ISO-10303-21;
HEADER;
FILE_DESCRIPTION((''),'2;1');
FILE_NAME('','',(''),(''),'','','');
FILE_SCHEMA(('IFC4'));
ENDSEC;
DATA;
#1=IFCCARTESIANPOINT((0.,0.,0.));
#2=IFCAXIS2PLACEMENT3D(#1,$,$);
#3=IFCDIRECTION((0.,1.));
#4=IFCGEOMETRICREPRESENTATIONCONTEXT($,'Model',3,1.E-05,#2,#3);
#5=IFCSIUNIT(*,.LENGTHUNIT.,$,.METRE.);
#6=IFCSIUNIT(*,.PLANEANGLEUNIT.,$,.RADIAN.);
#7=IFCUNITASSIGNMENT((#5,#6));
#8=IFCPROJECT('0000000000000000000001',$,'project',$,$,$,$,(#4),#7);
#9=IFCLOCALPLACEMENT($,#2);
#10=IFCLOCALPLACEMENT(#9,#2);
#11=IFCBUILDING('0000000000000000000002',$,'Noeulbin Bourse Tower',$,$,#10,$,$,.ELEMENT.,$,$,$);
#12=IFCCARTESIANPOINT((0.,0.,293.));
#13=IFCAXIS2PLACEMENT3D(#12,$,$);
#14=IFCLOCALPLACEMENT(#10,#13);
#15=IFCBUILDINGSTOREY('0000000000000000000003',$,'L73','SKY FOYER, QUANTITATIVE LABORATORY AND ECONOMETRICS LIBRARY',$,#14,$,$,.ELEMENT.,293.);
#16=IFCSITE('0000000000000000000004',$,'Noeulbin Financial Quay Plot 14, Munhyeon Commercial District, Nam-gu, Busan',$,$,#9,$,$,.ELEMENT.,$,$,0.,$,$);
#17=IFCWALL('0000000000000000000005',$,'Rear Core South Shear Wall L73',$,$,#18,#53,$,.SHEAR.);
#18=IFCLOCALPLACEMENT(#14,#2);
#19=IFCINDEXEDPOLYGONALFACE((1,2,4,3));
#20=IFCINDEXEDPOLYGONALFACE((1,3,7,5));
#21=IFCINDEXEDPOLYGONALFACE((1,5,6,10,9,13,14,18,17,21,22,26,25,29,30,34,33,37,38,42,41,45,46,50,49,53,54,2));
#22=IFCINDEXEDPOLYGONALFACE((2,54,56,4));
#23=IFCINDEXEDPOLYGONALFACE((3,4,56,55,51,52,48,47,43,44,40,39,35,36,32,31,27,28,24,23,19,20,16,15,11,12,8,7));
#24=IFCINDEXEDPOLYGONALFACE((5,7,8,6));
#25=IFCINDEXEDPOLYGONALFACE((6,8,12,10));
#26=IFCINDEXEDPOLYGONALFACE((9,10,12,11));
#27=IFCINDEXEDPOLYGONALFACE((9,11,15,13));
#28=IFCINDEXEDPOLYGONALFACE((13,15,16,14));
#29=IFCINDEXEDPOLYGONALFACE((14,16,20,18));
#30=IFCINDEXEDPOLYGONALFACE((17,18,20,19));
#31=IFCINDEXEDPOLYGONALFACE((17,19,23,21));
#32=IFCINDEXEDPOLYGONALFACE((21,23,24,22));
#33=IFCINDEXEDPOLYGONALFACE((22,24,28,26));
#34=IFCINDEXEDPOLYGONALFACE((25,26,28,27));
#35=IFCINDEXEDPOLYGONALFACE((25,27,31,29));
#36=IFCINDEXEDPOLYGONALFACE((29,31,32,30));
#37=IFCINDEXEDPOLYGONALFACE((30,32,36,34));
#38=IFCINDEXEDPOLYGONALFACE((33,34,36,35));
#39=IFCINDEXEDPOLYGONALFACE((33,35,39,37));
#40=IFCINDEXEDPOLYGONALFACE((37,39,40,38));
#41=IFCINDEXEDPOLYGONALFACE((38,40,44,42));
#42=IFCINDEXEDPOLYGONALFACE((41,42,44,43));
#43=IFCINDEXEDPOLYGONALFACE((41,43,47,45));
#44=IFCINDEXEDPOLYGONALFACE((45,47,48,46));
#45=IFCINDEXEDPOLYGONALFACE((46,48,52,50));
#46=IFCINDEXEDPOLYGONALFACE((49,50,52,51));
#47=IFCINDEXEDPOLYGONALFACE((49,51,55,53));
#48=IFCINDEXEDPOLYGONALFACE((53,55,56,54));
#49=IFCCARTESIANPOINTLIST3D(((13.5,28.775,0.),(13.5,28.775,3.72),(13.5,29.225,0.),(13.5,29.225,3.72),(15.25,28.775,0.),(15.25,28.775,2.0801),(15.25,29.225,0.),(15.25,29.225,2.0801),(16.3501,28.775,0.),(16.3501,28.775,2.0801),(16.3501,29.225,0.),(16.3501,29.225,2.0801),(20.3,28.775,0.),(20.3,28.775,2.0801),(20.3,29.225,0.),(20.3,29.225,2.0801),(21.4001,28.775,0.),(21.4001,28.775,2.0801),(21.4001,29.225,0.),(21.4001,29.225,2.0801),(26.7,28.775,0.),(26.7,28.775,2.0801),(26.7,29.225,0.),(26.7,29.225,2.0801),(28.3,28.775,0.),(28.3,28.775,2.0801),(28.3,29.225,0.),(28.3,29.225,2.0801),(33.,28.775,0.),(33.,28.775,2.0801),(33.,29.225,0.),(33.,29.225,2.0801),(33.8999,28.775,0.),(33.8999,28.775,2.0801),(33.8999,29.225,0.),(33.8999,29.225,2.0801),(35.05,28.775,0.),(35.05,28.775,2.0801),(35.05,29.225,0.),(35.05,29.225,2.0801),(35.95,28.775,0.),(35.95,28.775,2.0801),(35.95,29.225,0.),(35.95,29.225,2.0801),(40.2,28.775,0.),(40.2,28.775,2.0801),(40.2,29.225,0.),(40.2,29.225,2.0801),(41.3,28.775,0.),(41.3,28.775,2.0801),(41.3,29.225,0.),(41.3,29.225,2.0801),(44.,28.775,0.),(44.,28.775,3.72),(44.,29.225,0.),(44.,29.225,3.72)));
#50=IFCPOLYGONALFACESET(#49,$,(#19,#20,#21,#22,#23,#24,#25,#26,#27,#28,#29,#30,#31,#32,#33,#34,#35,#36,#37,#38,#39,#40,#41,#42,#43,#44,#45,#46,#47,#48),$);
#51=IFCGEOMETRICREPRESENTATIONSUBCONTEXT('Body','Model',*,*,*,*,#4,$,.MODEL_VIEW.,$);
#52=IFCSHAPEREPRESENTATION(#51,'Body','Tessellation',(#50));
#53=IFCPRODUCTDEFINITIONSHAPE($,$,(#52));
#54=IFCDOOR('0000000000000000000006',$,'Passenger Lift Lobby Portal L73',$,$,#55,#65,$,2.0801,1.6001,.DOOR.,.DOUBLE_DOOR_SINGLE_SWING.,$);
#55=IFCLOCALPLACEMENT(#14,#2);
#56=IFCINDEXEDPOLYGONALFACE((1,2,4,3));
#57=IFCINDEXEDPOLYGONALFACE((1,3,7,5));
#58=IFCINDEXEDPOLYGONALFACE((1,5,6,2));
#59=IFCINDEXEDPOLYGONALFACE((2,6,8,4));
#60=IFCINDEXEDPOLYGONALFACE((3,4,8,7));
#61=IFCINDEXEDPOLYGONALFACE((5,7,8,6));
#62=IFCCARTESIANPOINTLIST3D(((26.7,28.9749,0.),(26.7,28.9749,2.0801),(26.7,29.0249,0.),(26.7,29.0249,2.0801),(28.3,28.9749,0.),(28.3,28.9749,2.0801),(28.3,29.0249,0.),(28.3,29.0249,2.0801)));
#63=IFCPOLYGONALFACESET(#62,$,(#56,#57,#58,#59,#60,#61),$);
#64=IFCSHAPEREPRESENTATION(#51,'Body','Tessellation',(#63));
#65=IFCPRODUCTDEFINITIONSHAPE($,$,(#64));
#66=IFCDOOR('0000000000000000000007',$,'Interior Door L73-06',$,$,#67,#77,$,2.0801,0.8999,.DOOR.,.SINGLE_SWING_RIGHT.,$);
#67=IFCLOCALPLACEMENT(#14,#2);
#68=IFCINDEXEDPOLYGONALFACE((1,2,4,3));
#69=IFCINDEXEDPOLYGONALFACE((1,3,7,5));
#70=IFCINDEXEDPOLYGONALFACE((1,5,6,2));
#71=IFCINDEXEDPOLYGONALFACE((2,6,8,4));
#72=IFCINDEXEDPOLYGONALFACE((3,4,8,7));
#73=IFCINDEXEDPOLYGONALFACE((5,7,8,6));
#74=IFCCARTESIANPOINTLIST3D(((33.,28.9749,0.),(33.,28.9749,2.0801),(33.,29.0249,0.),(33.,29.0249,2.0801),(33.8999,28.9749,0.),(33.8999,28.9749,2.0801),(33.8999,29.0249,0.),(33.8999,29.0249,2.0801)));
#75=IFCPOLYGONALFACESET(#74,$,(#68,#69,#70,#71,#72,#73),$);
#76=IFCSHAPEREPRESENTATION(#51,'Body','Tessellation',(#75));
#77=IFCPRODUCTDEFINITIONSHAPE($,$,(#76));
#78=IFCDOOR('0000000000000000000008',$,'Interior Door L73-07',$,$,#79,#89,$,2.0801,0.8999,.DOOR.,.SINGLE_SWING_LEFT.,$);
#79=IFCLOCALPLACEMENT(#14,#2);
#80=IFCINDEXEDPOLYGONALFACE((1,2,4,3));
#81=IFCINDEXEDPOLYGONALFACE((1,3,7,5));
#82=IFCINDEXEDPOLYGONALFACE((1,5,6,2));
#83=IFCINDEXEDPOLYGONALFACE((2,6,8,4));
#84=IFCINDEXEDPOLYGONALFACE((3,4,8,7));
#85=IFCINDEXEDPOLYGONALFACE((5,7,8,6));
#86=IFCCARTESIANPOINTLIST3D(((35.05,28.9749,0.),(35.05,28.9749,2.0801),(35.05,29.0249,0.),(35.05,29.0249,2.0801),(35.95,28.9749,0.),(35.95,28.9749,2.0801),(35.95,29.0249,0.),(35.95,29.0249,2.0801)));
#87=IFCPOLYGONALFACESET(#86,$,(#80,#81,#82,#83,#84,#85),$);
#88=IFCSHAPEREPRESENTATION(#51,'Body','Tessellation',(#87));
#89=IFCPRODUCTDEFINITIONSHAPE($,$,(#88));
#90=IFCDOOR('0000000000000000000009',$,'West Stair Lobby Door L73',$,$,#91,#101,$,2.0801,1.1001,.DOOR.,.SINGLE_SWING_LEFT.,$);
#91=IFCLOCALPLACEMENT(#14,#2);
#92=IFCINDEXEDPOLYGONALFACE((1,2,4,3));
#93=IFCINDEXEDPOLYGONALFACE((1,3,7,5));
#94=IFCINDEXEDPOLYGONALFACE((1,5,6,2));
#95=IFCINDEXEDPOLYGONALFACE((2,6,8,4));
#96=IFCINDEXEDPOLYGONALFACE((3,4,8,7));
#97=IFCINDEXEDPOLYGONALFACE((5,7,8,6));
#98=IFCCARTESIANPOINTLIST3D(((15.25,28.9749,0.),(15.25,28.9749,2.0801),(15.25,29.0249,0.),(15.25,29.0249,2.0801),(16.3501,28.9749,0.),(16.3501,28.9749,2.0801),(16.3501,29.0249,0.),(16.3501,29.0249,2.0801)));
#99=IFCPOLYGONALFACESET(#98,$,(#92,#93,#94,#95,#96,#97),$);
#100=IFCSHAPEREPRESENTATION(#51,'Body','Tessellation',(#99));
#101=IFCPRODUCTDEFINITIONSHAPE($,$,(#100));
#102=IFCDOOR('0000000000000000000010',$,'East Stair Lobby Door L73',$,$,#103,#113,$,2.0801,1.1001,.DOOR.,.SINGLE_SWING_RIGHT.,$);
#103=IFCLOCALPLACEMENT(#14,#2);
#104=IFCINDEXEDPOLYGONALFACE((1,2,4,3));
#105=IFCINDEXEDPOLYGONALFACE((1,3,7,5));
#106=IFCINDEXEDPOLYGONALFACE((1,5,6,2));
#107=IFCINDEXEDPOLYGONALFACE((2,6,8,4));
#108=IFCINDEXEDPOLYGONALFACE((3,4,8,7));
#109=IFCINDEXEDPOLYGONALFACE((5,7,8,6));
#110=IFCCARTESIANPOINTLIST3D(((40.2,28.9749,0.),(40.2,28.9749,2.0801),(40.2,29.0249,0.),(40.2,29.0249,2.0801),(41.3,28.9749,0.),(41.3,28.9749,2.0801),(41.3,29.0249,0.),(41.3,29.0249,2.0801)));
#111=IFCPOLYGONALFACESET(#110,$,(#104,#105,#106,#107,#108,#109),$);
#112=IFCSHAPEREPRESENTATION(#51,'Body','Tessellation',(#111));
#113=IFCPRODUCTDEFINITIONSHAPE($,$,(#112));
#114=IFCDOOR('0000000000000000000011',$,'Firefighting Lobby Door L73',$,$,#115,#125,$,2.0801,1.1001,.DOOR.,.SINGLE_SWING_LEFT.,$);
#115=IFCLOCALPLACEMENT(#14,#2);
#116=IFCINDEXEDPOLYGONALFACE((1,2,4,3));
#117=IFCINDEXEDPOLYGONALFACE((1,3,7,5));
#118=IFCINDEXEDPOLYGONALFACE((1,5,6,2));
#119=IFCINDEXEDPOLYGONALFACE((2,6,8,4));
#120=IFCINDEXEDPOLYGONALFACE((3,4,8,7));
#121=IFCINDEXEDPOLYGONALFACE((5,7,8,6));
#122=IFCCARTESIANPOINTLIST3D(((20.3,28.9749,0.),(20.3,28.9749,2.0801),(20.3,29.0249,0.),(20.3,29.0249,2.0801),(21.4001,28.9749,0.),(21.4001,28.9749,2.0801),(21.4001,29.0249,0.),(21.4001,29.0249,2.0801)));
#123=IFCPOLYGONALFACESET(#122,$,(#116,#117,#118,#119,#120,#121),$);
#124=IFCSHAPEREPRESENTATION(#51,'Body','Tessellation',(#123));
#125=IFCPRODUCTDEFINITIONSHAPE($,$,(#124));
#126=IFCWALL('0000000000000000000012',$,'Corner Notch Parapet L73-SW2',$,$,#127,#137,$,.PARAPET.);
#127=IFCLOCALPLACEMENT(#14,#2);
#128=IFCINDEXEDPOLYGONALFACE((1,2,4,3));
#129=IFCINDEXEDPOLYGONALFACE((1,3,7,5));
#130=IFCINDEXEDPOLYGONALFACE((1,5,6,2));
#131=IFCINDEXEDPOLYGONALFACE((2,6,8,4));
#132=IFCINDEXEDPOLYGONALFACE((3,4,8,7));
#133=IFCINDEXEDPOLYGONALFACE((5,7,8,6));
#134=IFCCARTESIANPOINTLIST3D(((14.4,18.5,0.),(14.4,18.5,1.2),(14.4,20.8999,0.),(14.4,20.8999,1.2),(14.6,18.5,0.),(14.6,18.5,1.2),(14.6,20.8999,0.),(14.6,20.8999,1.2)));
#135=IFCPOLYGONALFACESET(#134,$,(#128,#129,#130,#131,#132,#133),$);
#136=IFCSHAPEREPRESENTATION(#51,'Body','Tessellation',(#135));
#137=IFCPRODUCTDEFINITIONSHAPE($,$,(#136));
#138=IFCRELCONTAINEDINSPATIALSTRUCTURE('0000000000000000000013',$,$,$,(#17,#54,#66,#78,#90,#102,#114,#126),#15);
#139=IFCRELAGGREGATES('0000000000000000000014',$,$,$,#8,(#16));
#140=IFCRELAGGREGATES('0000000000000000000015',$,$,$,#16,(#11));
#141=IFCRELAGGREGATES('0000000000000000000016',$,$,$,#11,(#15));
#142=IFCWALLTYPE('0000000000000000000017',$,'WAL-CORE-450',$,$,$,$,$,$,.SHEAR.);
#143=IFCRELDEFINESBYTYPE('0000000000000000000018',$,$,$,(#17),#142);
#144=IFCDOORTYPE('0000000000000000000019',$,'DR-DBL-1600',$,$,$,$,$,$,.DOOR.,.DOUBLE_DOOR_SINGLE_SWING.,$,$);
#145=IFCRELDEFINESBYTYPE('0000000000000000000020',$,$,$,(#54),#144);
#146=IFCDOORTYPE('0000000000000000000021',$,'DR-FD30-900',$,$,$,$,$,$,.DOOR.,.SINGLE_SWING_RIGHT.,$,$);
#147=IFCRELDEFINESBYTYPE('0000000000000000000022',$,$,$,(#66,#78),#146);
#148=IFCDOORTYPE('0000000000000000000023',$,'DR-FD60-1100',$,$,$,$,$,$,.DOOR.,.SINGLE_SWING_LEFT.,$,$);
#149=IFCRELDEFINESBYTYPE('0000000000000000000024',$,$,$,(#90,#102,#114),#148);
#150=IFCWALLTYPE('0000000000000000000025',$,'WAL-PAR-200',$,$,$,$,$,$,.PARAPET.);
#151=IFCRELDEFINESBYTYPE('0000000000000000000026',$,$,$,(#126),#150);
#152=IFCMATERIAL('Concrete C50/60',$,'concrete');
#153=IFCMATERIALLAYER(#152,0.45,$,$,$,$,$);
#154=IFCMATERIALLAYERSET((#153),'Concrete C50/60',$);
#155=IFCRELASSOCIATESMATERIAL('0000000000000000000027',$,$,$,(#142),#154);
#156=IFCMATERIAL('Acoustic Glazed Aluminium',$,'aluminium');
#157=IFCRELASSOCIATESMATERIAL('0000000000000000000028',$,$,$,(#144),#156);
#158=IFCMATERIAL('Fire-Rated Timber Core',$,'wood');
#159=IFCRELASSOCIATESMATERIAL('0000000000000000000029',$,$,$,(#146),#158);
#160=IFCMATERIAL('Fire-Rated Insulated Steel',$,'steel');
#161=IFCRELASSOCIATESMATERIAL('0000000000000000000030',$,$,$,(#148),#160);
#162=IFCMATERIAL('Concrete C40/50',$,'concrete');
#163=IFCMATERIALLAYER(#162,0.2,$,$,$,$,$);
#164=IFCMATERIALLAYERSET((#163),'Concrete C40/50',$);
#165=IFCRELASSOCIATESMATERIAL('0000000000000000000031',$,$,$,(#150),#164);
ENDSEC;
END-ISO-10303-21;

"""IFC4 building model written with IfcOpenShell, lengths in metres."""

from ifc_helpers import new_model, si_unit, direction, frame, frame_2d, origin, place, context, subcontext, project, spatial, rectangle, extrude, material, layer, layer_set, type_object, element, fill, save


model = new_model("IFC4")

# Units and contexts
model_context = context("Model", 3, precision=1e-05, world=origin(), true_north=direction((0.0, 1.0)))
body_context = subcontext(model_context, "Body", "Model", "MODEL_VIEW")
ifc_project = project(units=[si_unit("LENGTHUNIT", "METRE"), si_unit("PLANEANGLEUNIT", "RADIAN")], contexts=[model_context])

# Site, building, storey
site_placement = place(None, origin())
site = spatial("IfcSite", under=ifc_project, at=site_placement, Name="Noeulbin Financial Quay Plot 14, Munhyeon Commercial District, Nam-gu, Busan", CompositionType="ELEMENT", RefElevation=0.0)
building_placement = place(site_placement, origin())
building = spatial("IfcBuilding", under=site, at=building_placement, Name="Noeulbin Bourse Tower", CompositionType="ELEMENT")
storey_placement = place(building_placement, frame((0.0, 0.0, 293.0)))
storey = spatial("IfcBuildingStorey", under=building, at=storey_placement, Name="L73", Description="SKY FOYER, QUANTITATIVE LABORATORY AND ECONOMETRICS LIBRARY", CompositionType="ELEMENT", Elevation=293.0)

# Wall, openings, doors
ifc_material_1 = material(Name="Concrete C50/60", Category="concrete")
ifc_layer_1 = layer(ifc_material_1, 0.45)
ifc_layer_set_1 = layer_set([ifc_layer_1], Name="Concrete C50/60")
wall_type_1 = type_object("IfcWallType", Name="WAL-CORE-450", PredefinedType="SHEAR", material=ifc_layer_set_1)
wall_1_placement = place(storey_placement, frame((13.5, 29.0, 0.0), z_axis=(0.0, 0.0, 1.0), x_axis=(1.0, 0.0, 0.0)))
wall_1 = element("IfcWall", 1, at=wall_1_placement, inside=storey, type_object=wall_type_1, Name="Rear Core South Shear Wall L73", PredefinedType="SHEAR", context=body_context, shape_type="SweptSolid", body=[
    extrude(rectangle(XDim=30.5, YDim=0.45, at=frame_2d((15.25, 0.0))), origin(), (0.0, 0.0, 1.0), 3.72),
])
opening_1_placement = place(wall_1_placement, frame((1.75, 0.0, 0.0)))
opening_1 = element("IfcOpeningElement", 2, at=opening_1_placement, cuts=wall_1, PredefinedType="OPENING", context=body_context, shape_type="SweptSolid", body=[
    extrude(rectangle(XDim=1.1001, YDim=2.0801, at=frame_2d((0.55, 1.04))), frame((0.0, 0.2349, 0.0), z_axis=(0.0, -1.0, 0.0), x_axis=(1.0, 0.0, 0.0)), (0.0, 0.0, 1.0), 0.47),
])
opening_2_placement = place(wall_1_placement, frame((26.7, 0.0, 0.0)))
opening_2 = element("IfcOpeningElement", 3, at=opening_2_placement, cuts=wall_1, PredefinedType="OPENING", context=body_context, shape_type="SweptSolid", body=[
    extrude(rectangle(XDim=1.1001, YDim=2.0801, at=frame_2d((0.55, 1.04))), frame((0.0, 0.2349, 0.0), z_axis=(0.0, -1.0, 0.0), x_axis=(1.0, 0.0, 0.0)), (0.0, 0.0, 1.0), 0.47),
])
opening_3_placement = place(wall_1_placement, frame((6.8, 0.0, 0.0)))
opening_3 = element("IfcOpeningElement", 4, at=opening_3_placement, cuts=wall_1, PredefinedType="OPENING", context=body_context, shape_type="SweptSolid", body=[
    extrude(rectangle(XDim=1.1001, YDim=2.0801, at=frame_2d((0.55, 1.04))), frame((0.0, 0.2349, 0.0), z_axis=(0.0, -1.0, 0.0), x_axis=(1.0, 0.0, 0.0)), (0.0, 0.0, 1.0), 0.47),
])
opening_4_placement = place(wall_1_placement, frame((13.2, 0.0, 0.0)))
opening_4 = element("IfcOpeningElement", 5, at=opening_4_placement, cuts=wall_1, PredefinedType="OPENING", context=body_context, shape_type="SweptSolid", body=[
    extrude(rectangle(XDim=1.6001, YDim=2.0801, at=frame_2d((0.8, 1.04))), frame((0.0, 0.2349, 0.0), z_axis=(0.0, -1.0, 0.0), x_axis=(1.0, 0.0, 0.0)), (0.0, 0.0, 1.0), 0.47),
])
opening_5_placement = place(wall_1_placement, frame((19.5, 0.0, 0.0)))
opening_5 = element("IfcOpeningElement", 6, at=opening_5_placement, cuts=wall_1, PredefinedType="OPENING", context=body_context, shape_type="SweptSolid", body=[
    extrude(rectangle(XDim=0.8999, YDim=2.0801, at=frame_2d((0.45, 1.04))), frame((0.0, 0.2349, 0.0), z_axis=(0.0, -1.0, 0.0), x_axis=(1.0, 0.0, 0.0)), (0.0, 0.0, 1.0), 0.47),
])
opening_6_placement = place(wall_1_placement, frame((21.55, 0.0, 0.0)))
opening_6 = element("IfcOpeningElement", 7, at=opening_6_placement, cuts=wall_1, PredefinedType="OPENING", context=body_context, shape_type="SweptSolid", body=[
    extrude(rectangle(XDim=0.8999, YDim=2.0801, at=frame_2d((0.45, 1.04))), frame((0.0, 0.2349, 0.0), z_axis=(0.0, -1.0, 0.0), x_axis=(1.0, 0.0, 0.0)), (0.0, 0.0, 1.0), 0.47),
])
ifc_material_2 = material(Name="Acoustic Glazed Aluminium", Category="aluminium")
door_type_1 = type_object("IfcDoorType", Name="DR-DBL-1600", OperationType="DOUBLE_DOOR_SINGLE_SWING", PredefinedType="DOOR", material=ifc_material_2)
door_1_placement = place(opening_4_placement, origin())
door_1 = element("IfcDoor", 8, at=door_1_placement, inside=storey, type_object=door_type_1, Name="Passenger Lift Lobby Portal L73", OperationType="DOUBLE_DOOR_SINGLE_SWING", OverallHeight=2.0801, OverallWidth=1.6001, PredefinedType="DOOR", context=body_context, shape_type="SweptSolid", body=[
    extrude(rectangle(XDim=1.6001, YDim=2.0801, at=frame_2d((0.8, 1.04))), frame((0.0, 0.0249, 0.0), z_axis=(0.0, -1.0, 0.0), x_axis=(1.0, 0.0, 0.0)), (0.0, 0.0, 1.0), 0.05),
])
fill(opening_4, door_1)
ifc_material_3 = material(Name="Fire-Rated Timber Core", Category="wood")
door_type_2 = type_object("IfcDoorType", Name="DR-FD30-900", OperationType="SINGLE_SWING_RIGHT", PredefinedType="DOOR", material=ifc_material_3)
door_2_placement = place(opening_5_placement, origin())
door_2 = element("IfcDoor", 9, at=door_2_placement, inside=storey, type_object=door_type_2, Name="Interior Door L73-06", OperationType="SINGLE_SWING_RIGHT", OverallHeight=2.0801, OverallWidth=0.8999, PredefinedType="DOOR", context=body_context, shape_type="SweptSolid", body=[
    extrude(rectangle(XDim=0.8999, YDim=2.0801, at=frame_2d((0.45, 1.04))), frame((0.0, 0.0249, 0.0), z_axis=(0.0, -1.0, 0.0), x_axis=(1.0, 0.0, 0.0)), (0.0, 0.0, 1.0), 0.05),
])
fill(opening_5, door_2)
door_3_placement = place(opening_6_placement, origin())
door_3 = element("IfcDoor", 10, at=door_3_placement, inside=storey, type_object=door_type_2, Name="Interior Door L73-07", OperationType="SINGLE_SWING_LEFT", OverallHeight=2.0801, OverallWidth=0.8999, PredefinedType="DOOR", context=body_context, shape_type="SweptSolid", body=[
    extrude(rectangle(XDim=0.8999, YDim=2.0801, at=frame_2d((0.45, 1.04))), frame((0.0, 0.0249, 0.0), z_axis=(0.0, -1.0, 0.0), x_axis=(1.0, 0.0, 0.0)), (0.0, 0.0, 1.0), 0.05),
])
fill(opening_6, door_3)
ifc_material_4 = material(Name="Fire-Rated Insulated Steel", Category="steel")
door_type_3 = type_object("IfcDoorType", Name="DR-FD60-1100", OperationType="SINGLE_SWING_LEFT", PredefinedType="DOOR", material=ifc_material_4)
door_4_placement = place(opening_1_placement, origin())
door_4 = element("IfcDoor", 11, at=door_4_placement, inside=storey, type_object=door_type_3, Name="West Stair Lobby Door L73", OperationType="SINGLE_SWING_LEFT", OverallHeight=2.0801, OverallWidth=1.1001, PredefinedType="DOOR", context=body_context, shape_type="SweptSolid", body=[
    extrude(rectangle(XDim=1.1001, YDim=2.0801, at=frame_2d((0.55, 1.04))), frame((0.0, 0.0249, 0.0), z_axis=(0.0, -1.0, 0.0), x_axis=(1.0, 0.0, 0.0)), (0.0, 0.0, 1.0), 0.05),
])
fill(opening_1, door_4)
door_5_placement = place(opening_2_placement, origin())
door_5 = element("IfcDoor", 12, at=door_5_placement, inside=storey, type_object=door_type_3, Name="East Stair Lobby Door L73", OperationType="SINGLE_SWING_RIGHT", OverallHeight=2.0801, OverallWidth=1.1001, PredefinedType="DOOR", context=body_context, shape_type="SweptSolid", body=[
    extrude(rectangle(XDim=1.1001, YDim=2.0801, at=frame_2d((0.55, 1.04))), frame((0.0, 0.0249, 0.0), z_axis=(0.0, -1.0, 0.0), x_axis=(1.0, 0.0, 0.0)), (0.0, 0.0, 1.0), 0.05),
])
fill(opening_2, door_5)
door_6_placement = place(opening_3_placement, origin())
door_6 = element("IfcDoor", 13, at=door_6_placement, inside=storey, type_object=door_type_3, Name="Firefighting Lobby Door L73", OperationType="SINGLE_SWING_LEFT", OverallHeight=2.0801, OverallWidth=1.1001, PredefinedType="DOOR", context=body_context, shape_type="SweptSolid", body=[
    extrude(rectangle(XDim=1.1001, YDim=2.0801, at=frame_2d((0.55, 1.04))), frame((0.0, 0.0249, 0.0), z_axis=(0.0, -1.0, 0.0), x_axis=(1.0, 0.0, 0.0)), (0.0, 0.0, 1.0), 0.05),
])
fill(opening_3, door_6)

# Wall
ifc_material_5 = material(Name="Concrete C40/50", Category="concrete")
ifc_layer_2 = layer(ifc_material_5, 0.2)
ifc_layer_set_2 = layer_set([ifc_layer_2], Name="Concrete C40/50")
wall_type_2 = type_object("IfcWallType", Name="WAL-PAR-200", PredefinedType="PARAPET", material=ifc_layer_set_2)
wall_2_placement = place(storey_placement, frame((14.5, 20.8999, 0.0), z_axis=(0.0, 0.0, 1.0), x_axis=(0.0, -1.0, 0.0)))
element("IfcWall", 14, at=wall_2_placement, inside=storey, type_object=wall_type_2, Name="Corner Notch Parapet L73-SW2", PredefinedType="PARAPET", context=body_context, shape_type="SweptSolid", body=[
    extrude(rectangle(XDim=2.3999, YDim=0.2, at=frame_2d((1.2, 0.0))), origin(), (0.0, 0.0, 1.0), 1.2),
])

save(model, "model.ifc")
